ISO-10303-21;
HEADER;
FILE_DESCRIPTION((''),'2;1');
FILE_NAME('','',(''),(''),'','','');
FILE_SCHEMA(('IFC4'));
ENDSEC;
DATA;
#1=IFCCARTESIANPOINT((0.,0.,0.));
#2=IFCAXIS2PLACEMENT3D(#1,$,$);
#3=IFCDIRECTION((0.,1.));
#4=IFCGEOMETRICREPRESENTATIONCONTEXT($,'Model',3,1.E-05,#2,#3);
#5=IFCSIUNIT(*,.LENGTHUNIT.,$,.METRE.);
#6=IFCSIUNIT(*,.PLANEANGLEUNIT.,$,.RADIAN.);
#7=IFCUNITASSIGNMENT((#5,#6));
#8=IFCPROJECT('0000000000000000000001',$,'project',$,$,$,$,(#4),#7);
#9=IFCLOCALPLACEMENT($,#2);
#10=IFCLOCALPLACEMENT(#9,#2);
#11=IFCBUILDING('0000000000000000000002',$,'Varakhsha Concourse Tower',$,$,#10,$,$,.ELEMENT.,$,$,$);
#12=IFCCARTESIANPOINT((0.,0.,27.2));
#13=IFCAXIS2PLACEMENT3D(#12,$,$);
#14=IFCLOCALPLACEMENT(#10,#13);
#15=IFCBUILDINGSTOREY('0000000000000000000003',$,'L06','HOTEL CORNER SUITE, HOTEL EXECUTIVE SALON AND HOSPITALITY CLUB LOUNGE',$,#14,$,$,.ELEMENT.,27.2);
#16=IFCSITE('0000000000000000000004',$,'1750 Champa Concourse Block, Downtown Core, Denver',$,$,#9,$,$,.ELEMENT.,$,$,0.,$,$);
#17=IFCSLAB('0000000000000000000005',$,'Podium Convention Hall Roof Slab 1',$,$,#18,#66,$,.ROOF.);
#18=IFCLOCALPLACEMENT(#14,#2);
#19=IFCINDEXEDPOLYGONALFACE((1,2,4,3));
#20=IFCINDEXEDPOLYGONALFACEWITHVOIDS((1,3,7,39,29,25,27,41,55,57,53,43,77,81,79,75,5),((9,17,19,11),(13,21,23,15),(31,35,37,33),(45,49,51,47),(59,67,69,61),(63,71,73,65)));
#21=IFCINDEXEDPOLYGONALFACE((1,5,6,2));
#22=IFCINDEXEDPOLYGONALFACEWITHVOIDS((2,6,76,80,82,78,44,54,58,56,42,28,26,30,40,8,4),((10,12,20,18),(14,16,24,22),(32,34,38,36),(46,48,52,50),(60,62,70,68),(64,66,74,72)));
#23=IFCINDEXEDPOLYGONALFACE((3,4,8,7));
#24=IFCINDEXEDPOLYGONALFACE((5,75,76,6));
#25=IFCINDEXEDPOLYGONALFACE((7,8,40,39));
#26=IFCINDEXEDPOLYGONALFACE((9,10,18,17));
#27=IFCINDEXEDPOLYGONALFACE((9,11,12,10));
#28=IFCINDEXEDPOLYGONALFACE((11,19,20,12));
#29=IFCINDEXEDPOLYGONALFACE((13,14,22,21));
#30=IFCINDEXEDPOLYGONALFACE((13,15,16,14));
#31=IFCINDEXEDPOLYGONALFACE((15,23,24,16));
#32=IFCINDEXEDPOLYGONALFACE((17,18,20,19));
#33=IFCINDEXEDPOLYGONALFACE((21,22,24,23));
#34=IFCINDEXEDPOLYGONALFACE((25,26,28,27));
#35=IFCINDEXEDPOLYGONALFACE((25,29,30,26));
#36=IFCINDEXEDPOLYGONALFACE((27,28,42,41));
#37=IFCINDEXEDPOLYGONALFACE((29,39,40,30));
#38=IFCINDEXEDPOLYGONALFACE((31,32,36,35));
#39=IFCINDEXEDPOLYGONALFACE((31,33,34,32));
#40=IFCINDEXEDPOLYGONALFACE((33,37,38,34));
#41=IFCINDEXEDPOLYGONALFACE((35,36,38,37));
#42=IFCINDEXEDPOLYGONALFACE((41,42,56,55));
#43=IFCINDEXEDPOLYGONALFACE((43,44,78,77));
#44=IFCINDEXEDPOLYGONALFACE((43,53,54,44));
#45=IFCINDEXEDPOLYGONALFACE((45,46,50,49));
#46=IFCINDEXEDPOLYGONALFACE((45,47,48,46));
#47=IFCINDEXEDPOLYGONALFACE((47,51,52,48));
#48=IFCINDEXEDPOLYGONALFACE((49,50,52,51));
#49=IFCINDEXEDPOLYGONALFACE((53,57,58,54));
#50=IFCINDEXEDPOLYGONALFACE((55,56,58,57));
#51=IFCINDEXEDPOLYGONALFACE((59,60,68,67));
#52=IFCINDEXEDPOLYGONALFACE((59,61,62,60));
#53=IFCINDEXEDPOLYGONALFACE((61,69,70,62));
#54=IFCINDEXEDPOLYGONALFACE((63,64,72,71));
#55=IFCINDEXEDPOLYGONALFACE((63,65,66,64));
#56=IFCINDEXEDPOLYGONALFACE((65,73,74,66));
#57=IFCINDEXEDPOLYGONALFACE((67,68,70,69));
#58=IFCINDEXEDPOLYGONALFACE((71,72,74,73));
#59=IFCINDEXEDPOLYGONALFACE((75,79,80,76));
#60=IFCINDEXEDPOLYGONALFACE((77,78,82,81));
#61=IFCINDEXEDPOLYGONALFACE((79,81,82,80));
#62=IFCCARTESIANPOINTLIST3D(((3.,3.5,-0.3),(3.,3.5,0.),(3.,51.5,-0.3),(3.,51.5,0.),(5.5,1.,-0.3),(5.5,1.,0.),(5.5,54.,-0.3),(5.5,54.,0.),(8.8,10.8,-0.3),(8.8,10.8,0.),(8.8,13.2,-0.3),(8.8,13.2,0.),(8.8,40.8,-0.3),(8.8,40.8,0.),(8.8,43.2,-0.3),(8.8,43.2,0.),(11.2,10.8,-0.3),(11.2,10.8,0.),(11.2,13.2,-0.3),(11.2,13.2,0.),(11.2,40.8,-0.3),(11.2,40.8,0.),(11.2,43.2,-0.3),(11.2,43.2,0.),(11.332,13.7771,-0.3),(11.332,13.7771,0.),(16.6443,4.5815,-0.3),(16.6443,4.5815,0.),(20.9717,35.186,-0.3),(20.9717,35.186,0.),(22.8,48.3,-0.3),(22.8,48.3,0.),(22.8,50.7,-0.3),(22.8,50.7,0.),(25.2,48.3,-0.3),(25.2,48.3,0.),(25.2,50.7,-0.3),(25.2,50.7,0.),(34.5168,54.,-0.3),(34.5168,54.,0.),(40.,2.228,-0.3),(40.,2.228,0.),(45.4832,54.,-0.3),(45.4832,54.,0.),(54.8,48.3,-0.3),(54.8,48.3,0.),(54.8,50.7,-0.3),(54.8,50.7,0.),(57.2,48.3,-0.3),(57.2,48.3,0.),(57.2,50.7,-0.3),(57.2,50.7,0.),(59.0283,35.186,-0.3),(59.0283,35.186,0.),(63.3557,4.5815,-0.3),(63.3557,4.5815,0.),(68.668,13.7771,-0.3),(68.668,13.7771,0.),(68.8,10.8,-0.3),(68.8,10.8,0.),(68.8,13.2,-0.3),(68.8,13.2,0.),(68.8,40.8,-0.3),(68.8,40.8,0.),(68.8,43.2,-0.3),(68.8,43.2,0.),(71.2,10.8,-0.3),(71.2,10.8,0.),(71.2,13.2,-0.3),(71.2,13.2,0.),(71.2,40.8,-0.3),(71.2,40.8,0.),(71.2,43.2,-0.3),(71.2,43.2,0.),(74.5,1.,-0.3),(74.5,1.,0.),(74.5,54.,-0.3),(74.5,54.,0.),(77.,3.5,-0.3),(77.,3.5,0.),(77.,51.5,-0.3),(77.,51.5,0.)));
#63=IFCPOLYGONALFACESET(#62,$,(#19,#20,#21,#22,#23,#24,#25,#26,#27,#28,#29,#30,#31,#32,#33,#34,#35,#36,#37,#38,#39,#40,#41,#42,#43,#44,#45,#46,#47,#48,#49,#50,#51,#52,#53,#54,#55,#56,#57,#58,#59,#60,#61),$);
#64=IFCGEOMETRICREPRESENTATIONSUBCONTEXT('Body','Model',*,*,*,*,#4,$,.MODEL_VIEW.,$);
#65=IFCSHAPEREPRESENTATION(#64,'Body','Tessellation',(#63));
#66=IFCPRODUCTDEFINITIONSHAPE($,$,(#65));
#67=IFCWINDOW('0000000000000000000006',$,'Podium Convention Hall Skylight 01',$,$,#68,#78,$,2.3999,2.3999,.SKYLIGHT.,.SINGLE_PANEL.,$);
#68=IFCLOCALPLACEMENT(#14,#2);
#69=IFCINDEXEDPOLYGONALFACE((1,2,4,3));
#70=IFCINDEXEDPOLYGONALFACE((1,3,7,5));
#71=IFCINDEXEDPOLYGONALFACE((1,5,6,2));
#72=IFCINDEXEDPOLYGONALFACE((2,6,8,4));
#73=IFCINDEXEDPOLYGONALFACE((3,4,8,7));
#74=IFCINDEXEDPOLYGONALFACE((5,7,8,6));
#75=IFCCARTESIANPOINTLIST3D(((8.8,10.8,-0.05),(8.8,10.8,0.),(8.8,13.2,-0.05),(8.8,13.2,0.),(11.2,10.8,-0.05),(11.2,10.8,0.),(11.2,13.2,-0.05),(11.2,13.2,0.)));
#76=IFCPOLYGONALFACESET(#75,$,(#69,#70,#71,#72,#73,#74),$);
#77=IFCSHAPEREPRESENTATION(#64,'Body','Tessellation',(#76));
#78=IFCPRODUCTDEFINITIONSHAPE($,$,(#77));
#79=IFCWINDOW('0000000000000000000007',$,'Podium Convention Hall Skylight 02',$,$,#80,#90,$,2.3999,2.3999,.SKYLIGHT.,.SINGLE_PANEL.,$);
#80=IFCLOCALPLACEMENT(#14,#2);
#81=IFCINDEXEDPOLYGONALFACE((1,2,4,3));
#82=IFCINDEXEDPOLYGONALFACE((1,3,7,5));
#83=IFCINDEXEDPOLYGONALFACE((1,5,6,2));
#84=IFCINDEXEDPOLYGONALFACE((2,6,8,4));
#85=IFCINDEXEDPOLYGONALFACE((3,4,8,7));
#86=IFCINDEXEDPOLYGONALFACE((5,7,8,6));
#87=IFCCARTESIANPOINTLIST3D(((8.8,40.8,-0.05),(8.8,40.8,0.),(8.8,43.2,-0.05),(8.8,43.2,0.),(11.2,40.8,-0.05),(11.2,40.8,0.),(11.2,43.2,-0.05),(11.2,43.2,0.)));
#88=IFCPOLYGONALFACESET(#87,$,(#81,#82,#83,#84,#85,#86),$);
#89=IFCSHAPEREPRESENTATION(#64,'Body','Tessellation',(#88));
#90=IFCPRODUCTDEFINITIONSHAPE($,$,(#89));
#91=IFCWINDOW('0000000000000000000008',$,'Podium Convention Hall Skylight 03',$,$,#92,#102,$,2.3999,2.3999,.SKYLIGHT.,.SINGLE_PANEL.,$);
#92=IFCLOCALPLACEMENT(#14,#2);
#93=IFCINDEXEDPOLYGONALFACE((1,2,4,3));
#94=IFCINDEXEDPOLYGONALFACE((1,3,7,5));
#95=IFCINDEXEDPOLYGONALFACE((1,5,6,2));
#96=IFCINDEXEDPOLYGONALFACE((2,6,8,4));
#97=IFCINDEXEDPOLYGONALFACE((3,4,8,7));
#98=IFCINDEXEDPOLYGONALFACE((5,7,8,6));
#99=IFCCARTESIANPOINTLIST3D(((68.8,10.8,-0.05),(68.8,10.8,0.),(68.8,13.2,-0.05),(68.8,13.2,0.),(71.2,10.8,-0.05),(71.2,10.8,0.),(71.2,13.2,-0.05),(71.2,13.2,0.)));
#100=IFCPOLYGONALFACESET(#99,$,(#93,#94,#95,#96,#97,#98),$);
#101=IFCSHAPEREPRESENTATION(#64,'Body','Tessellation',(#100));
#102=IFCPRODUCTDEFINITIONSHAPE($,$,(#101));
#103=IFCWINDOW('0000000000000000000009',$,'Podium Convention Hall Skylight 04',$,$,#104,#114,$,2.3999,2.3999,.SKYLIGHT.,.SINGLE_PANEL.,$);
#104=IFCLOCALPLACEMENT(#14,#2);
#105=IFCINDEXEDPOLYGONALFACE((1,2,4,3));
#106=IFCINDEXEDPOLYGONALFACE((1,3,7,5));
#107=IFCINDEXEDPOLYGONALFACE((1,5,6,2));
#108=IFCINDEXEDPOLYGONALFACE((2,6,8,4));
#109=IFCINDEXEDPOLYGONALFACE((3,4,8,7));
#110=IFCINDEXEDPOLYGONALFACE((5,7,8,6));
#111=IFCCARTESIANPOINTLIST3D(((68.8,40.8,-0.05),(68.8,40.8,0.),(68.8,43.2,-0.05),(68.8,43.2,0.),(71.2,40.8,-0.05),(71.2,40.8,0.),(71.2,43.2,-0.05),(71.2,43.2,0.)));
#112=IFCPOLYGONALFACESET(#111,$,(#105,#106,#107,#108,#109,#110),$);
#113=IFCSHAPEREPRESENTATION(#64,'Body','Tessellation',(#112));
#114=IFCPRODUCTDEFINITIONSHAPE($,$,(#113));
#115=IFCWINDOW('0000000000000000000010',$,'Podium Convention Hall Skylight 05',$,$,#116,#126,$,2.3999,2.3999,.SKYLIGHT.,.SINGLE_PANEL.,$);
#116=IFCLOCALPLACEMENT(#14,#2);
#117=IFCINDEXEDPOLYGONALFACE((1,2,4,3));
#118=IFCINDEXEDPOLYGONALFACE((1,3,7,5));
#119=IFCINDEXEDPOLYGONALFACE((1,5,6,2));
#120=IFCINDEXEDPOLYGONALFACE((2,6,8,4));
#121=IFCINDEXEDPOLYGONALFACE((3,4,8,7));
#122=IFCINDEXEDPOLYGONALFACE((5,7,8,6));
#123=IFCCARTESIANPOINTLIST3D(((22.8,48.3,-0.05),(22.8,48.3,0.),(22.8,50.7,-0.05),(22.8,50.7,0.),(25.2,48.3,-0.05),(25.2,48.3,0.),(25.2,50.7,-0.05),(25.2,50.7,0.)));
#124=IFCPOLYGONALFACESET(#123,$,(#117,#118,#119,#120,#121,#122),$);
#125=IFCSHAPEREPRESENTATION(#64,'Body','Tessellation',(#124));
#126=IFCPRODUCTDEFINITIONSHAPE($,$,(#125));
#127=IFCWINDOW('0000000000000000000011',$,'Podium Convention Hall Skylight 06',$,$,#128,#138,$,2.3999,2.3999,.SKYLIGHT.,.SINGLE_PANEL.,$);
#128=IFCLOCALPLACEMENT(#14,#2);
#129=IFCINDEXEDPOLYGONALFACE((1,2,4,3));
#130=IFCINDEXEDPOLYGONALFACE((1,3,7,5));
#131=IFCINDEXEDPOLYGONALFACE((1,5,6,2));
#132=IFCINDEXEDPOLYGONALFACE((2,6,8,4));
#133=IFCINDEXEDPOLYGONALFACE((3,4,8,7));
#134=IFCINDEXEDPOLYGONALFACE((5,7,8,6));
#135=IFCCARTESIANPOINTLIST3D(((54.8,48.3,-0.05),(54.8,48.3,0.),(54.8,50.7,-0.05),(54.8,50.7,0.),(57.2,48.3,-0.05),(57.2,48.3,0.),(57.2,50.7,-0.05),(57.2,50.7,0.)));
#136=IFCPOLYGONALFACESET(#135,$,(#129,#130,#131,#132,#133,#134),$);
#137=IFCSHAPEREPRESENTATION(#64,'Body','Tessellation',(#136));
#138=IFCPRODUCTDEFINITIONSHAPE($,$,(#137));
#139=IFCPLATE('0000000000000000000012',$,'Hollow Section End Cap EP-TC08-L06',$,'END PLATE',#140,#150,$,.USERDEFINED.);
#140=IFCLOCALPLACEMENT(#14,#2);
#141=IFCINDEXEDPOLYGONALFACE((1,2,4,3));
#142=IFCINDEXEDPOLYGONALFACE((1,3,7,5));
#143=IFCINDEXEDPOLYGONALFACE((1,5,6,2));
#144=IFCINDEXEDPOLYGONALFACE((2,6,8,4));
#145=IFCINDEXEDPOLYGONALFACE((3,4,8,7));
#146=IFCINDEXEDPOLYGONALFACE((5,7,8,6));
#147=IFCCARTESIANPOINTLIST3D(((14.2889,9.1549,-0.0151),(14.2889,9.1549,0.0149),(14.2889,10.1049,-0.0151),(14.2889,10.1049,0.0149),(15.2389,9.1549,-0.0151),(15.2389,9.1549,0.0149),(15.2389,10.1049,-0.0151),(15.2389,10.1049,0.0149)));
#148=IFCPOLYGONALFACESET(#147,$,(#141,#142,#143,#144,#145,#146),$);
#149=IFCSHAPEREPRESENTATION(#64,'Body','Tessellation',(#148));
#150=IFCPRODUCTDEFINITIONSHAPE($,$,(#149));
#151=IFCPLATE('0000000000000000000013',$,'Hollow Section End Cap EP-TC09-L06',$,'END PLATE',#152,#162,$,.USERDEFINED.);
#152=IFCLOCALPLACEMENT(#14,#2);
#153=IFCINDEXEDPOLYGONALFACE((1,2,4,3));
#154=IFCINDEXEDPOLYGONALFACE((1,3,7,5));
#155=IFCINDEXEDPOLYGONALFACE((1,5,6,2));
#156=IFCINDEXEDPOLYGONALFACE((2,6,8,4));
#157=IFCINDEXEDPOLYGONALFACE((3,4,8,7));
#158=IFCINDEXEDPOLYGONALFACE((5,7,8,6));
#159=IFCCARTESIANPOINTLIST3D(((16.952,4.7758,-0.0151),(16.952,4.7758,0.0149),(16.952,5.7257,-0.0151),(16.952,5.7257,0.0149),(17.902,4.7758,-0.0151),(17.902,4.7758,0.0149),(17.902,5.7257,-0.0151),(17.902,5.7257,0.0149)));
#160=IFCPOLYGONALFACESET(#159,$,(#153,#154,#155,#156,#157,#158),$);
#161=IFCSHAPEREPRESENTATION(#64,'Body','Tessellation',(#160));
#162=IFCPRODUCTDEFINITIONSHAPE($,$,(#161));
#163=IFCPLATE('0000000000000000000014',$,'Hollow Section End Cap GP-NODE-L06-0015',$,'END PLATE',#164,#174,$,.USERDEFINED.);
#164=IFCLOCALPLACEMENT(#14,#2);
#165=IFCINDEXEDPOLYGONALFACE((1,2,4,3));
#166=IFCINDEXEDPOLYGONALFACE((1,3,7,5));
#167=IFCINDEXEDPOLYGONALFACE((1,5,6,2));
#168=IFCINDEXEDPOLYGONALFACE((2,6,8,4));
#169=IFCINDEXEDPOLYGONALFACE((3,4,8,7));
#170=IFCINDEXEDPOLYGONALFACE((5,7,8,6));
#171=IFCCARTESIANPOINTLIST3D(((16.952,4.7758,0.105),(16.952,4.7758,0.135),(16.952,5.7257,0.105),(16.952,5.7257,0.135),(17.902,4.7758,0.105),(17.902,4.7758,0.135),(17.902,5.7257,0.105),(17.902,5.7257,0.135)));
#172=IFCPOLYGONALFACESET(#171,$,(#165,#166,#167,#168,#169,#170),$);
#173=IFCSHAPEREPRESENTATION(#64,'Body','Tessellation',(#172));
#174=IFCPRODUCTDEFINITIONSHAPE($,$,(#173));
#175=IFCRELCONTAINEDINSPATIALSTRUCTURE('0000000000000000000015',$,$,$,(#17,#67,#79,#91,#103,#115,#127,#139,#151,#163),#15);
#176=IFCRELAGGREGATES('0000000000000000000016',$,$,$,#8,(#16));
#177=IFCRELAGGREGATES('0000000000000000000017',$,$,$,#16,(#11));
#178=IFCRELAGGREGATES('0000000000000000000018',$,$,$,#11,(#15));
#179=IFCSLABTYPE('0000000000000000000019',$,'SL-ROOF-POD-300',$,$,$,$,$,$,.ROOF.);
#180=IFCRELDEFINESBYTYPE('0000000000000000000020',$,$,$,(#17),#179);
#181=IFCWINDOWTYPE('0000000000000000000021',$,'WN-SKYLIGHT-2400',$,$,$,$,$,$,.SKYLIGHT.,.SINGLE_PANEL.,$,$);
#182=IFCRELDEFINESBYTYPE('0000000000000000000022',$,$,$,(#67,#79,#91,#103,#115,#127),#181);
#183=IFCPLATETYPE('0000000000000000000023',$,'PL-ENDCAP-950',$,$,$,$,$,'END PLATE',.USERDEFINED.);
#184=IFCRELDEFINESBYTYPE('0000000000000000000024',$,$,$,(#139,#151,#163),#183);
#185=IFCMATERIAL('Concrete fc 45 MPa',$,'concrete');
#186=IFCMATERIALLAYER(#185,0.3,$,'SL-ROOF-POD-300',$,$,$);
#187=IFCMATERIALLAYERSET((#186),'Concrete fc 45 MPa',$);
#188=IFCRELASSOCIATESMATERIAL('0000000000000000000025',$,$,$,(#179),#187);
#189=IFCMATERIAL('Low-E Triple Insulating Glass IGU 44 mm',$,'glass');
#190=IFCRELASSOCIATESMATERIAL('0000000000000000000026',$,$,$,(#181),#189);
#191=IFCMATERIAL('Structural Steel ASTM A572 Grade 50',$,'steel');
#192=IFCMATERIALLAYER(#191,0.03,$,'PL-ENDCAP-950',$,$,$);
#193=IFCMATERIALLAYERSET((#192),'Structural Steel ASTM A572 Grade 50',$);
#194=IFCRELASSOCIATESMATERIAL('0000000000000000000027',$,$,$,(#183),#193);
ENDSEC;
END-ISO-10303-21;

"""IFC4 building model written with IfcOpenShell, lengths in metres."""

from ifc_helpers import new_model, si_unit, direction, frame, origin, origin_2d, place, context, subcontext, project, spatial, polyline, rectangle, outline, extrude, source, transform, mapped, material, layer, layer_set, type_object, type_shapes, element, fill, save


model = new_model("IFC4")

# Units and contexts
model_context = context("Model", 3, precision=1e-05, world=origin(), true_north=direction((0.0, 1.0)))
body_context = subcontext(model_context, "Body", "Model", "MODEL_VIEW")
ifc_project = project(units=[si_unit("LENGTHUNIT", "METRE"), si_unit("PLANEANGLEUNIT", "RADIAN")], contexts=[model_context])

# Site, building, storey
site_placement = place(None, origin())
site = spatial("IfcSite", under=ifc_project, at=site_placement, Name="1750 Champa Concourse Block, Downtown Core, Denver", CompositionType="ELEMENT", RefElevation=0.0)
building_placement = place(site_placement, origin())
building = spatial("IfcBuilding", under=site, at=building_placement, Name="Varakhsha Concourse Tower", CompositionType="ELEMENT")
storey_placement = place(building_placement, frame((0.0, 0.0, 27.2)))
storey = spatial("IfcBuildingStorey", under=building, at=storey_placement, Name="L06", Description="HOTEL CORNER SUITE, HOTEL EXECUTIVE SALON AND HOSPITALITY CLUB LOUNGE", CompositionType="ELEMENT", Elevation=27.2)

# Shared definitions
ifc_material_1 = material(Name="Structural Steel ASTM A572 Grade 50", Category="steel")

# Shared definitions
ifc_material_2 = material(Name="Concrete fc 45 MPa", Category="concrete")

# Slab, openings, windows
ifc_layer_1 = layer(ifc_material_2, 0.3, Name="SL-ROOF-POD-300")
ifc_layer_set_1 = layer_set([ifc_layer_1], Name="Concrete fc 45 MPa")
slab_type_1 = type_object("IfcSlabType", Name="SL-ROOF-POD-300", PredefinedType="ROOF", material=ifc_layer_set_1)
slab_1_placement = place(storey_placement, frame((0.0, 0.0, -0.3)))
slab_1 = element("IfcSlab", 1, at=slab_1_placement, inside=storey, type_object=slab_type_1, Name="Podium Convention Hall Roof Slab 1", PredefinedType="ROOF", context=body_context, shape_type="SweptSolid", body=[
    extrude(outline(polyline([(74.5, 54.0), (77.0, 51.5), (77.0, 3.5), (74.5, 1.0), (5.5, 1.0), (3.0, 3.5), (3.0, 51.5), (5.5, 54.0), (34.5168, 54.0), (20.9717, 35.186), (11.332, 13.7771), (16.6443, 4.5815), (40.0, 2.228), (63.3557, 4.5815), (68.668, 13.7771), (59.0283, 35.186), (45.4832, 54.0), (74.5, 54.0)]), holes=[polyline([(8.8, 10.8), (11.2, 10.8), (11.2, 13.2), (8.8, 13.2), (8.8, 10.8)]), polyline([(8.8, 40.8), (11.2, 40.8), (11.2, 43.2), (8.8, 43.2), (8.8, 40.8)]), polyline([(68.8, 10.8), (71.2, 10.8), (71.2, 13.2), (68.8, 13.2), (68.8, 10.8)]), polyline([(68.8, 40.8), (71.2, 40.8), (71.2, 43.2), (68.8, 43.2), (68.8, 40.8)]), polyline([(22.8, 48.3), (25.2, 48.3), (25.2, 50.7), (22.8, 50.7), (22.8, 48.3)]), polyline([(54.8, 48.3), (57.2, 48.3), (57.2, 50.7), (54.8, 50.7), (54.8, 48.3)])]), origin(), (0.0, 0.0, 1.0), 0.3),
])
opening_1_placement = place(slab_1_placement, frame((10.0, 12.0, 0.0)))
opening_1 = element("IfcOpeningElement", 2, at=opening_1_placement, cuts=slab_1, PredefinedType="OPENING", context=body_context, shape_type="SweptSolid", body=[
    extrude(rectangle(XDim=2.3999, YDim=2.3999, at=origin_2d()), frame((0.0, 0.0, -0.01)), (0.0, 0.0, 1.0), 0.3201),
])
opening_2_placement = place(slab_1_placement, frame((10.0, 42.0, 0.0)))
opening_2 = element("IfcOpeningElement", 3, at=opening_2_placement, cuts=slab_1, PredefinedType="OPENING", context=body_context, shape_type="SweptSolid", body=[
    extrude(rectangle(XDim=2.3999, YDim=2.3999, at=origin_2d()), frame((0.0, 0.0, -0.01)), (0.0, 0.0, 1.0), 0.3201),
])
opening_3_placement = place(slab_1_placement, frame((70.0, 12.0, 0.0)))
opening_3 = element("IfcOpeningElement", 4, at=opening_3_placement, cuts=slab_1, PredefinedType="OPENING", context=body_context, shape_type="SweptSolid", body=[
    extrude(rectangle(XDim=2.3999, YDim=2.3999, at=origin_2d()), frame((0.0, 0.0, -0.01)), (0.0, 0.0, 1.0), 0.3201),
])
opening_4_placement = place(slab_1_placement, frame((70.0, 42.0, 0.0)))
opening_4 = element("IfcOpeningElement", 5, at=opening_4_placement, cuts=slab_1, PredefinedType="OPENING", context=body_context, shape_type="SweptSolid", body=[
    extrude(rectangle(XDim=2.3999, YDim=2.3999, at=origin_2d()), frame((0.0, 0.0, -0.01)), (0.0, 0.0, 1.0), 0.3201),
])
opening_5_placement = place(slab_1_placement, frame((24.0, 49.5, 0.0)))
opening_5 = element("IfcOpeningElement", 6, at=opening_5_placement, cuts=slab_1, PredefinedType="OPENING", context=body_context, shape_type="SweptSolid", body=[
    extrude(rectangle(XDim=2.3999, YDim=2.3999, at=origin_2d()), frame((0.0, 0.0, -0.01)), (0.0, 0.0, 1.0), 0.3201),
])
opening_6_placement = place(slab_1_placement, frame((56.0, 49.5, 0.0)))
opening_6 = element("IfcOpeningElement", 7, at=opening_6_placement, cuts=slab_1, PredefinedType="OPENING", context=body_context, shape_type="SweptSolid", body=[
    extrude(rectangle(XDim=2.3999, YDim=2.3999, at=origin_2d()), frame((0.0, 0.0, -0.01)), (0.0, 0.0, 1.0), 0.3201),
])
ifc_material_3 = material(Name="Low-E Triple Insulating Glass IGU 44 mm", Category="glass")
window_type = type_object("IfcWindowType", Name="WN-SKYLIGHT-2400", PartitioningType="SINGLE_PANEL", PredefinedType="SKYLIGHT", material=ifc_material_3)
window_1_placement = place(opening_1_placement, frame((0.0, 0.0, 0.25)))
window_1 = element("IfcWindow", 8, at=window_1_placement, inside=storey, type_object=window_type, Name="Podium Convention Hall Skylight 01", OverallHeight=2.3999, OverallWidth=2.3999, PartitioningType="SINGLE_PANEL", PredefinedType="SKYLIGHT", context=body_context, shape_type="SweptSolid", body=[
    extrude(rectangle(XDim=2.3999, YDim=2.3999, at=origin_2d()), origin(), (0.0, 0.0, 1.0), 0.05),
])
fill(opening_1, window_1)
window_2_placement = place(opening_2_placement, frame((0.0, 0.0, 0.25)))
window_2 = element("IfcWindow", 9, at=window_2_placement, inside=storey, type_object=window_type, Name="Podium Convention Hall Skylight 02", OverallHeight=2.3999, OverallWidth=2.3999, PartitioningType="SINGLE_PANEL", PredefinedType="SKYLIGHT", context=body_context, shape_type="SweptSolid", body=[
    extrude(rectangle(XDim=2.3999, YDim=2.3999, at=origin_2d()), origin(), (0.0, 0.0, 1.0), 0.05),
])
fill(opening_2, window_2)
window_3_placement = place(opening_3_placement, frame((0.0, 0.0, 0.25)))
window_3 = element("IfcWindow", 10, at=window_3_placement, inside=storey, type_object=window_type, Name="Podium Convention Hall Skylight 03", OverallHeight=2.3999, OverallWidth=2.3999, PartitioningType="SINGLE_PANEL", PredefinedType="SKYLIGHT", context=body_context, shape_type="SweptSolid", body=[
    extrude(rectangle(XDim=2.3999, YDim=2.3999, at=origin_2d()), origin(), (0.0, 0.0, 1.0), 0.05),
])
fill(opening_3, window_3)
window_4_placement = place(opening_4_placement, frame((0.0, 0.0, 0.25)))
window_4 = element("IfcWindow", 11, at=window_4_placement, inside=storey, type_object=window_type, Name="Podium Convention Hall Skylight 04", OverallHeight=2.3999, OverallWidth=2.3999, PartitioningType="SINGLE_PANEL", PredefinedType="SKYLIGHT", context=body_context, shape_type="SweptSolid", body=[
    extrude(rectangle(XDim=2.3999, YDim=2.3999, at=origin_2d()), origin(), (0.0, 0.0, 1.0), 0.05),
])
fill(opening_4, window_4)
window_5_placement = place(opening_5_placement, frame((0.0, 0.0, 0.25)))
window_5 = element("IfcWindow", 12, at=window_5_placement, inside=storey, type_object=window_type, Name="Podium Convention Hall Skylight 05", OverallHeight=2.3999, OverallWidth=2.3999, PartitioningType="SINGLE_PANEL", PredefinedType="SKYLIGHT", context=body_context, shape_type="SweptSolid", body=[
    extrude(rectangle(XDim=2.3999, YDim=2.3999, at=origin_2d()), origin(), (0.0, 0.0, 1.0), 0.05),
])
fill(opening_5, window_5)
window_6_placement = place(opening_6_placement, frame((0.0, 0.0, 0.25)))
window_6 = element("IfcWindow", 13, at=window_6_placement, inside=storey, type_object=window_type, Name="Podium Convention Hall Skylight 06", OverallHeight=2.3999, OverallWidth=2.3999, PartitioningType="SINGLE_PANEL", PredefinedType="SKYLIGHT", context=body_context, shape_type="SweptSolid", body=[
    extrude(rectangle(XDim=2.3999, YDim=2.3999, at=origin_2d()), origin(), (0.0, 0.0, 1.0), 0.05),
])
fill(opening_6, window_6)

# Plates
ifc_layer_2 = layer(ifc_material_1, 0.03, Name="PL-ENDCAP-950")
ifc_layer_set_2 = layer_set([ifc_layer_2], Name="Structural Steel ASTM A572 Grade 50")
plate_type_1 = type_object("IfcPlateType", Name="PL-ENDCAP-950", ElementType="END PLATE", PredefinedType="USERDEFINED", material=ifc_layer_set_2)
shared_shape_1 = source(origin(), body_context, "Body", "SweptSolid", [
    extrude(rectangle(XDim=0.95, YDim=0.95, at=origin_2d()), origin(), (0.0, 0.0, 1.0), 0.03),
])
type_shapes(plate_type_1, [shared_shape_1])
for number, where, z_axis, x_axis, name in (
    (14, (14.7639, 9.6299, -0.0151), (0.0, 0.0, 1.0), (1.0, 0.0, 0.0), "Hollow Section End Cap EP-TC08-L06"),
    (15, (17.427, 5.2507, -0.0151), (0.0, 0.0, 1.0), (1.0, 0.0, 0.0), "Hollow Section End Cap EP-TC09-L06"),
    (16, (17.427, 5.2507, 0.105), (0.0, 0.0, 1.0), (1.0, 0.0, 0.0), "Hollow Section End Cap GP-NODE-L06-0015"),
):
    element("IfcPlate", number, at=place(storey_placement, frame(where, z_axis=z_axis, x_axis=x_axis)), inside=storey, type_object=plate_type_1, Name=name, ObjectType="END PLATE", PredefinedType="USERDEFINED", context=body_context, shape_type="MappedRepresentation", body=[
        mapped(shared_shape_1, transform((0.0, 0.0, 0.0), scale=1.0)),
    ])

save(model, "model.ifc")
